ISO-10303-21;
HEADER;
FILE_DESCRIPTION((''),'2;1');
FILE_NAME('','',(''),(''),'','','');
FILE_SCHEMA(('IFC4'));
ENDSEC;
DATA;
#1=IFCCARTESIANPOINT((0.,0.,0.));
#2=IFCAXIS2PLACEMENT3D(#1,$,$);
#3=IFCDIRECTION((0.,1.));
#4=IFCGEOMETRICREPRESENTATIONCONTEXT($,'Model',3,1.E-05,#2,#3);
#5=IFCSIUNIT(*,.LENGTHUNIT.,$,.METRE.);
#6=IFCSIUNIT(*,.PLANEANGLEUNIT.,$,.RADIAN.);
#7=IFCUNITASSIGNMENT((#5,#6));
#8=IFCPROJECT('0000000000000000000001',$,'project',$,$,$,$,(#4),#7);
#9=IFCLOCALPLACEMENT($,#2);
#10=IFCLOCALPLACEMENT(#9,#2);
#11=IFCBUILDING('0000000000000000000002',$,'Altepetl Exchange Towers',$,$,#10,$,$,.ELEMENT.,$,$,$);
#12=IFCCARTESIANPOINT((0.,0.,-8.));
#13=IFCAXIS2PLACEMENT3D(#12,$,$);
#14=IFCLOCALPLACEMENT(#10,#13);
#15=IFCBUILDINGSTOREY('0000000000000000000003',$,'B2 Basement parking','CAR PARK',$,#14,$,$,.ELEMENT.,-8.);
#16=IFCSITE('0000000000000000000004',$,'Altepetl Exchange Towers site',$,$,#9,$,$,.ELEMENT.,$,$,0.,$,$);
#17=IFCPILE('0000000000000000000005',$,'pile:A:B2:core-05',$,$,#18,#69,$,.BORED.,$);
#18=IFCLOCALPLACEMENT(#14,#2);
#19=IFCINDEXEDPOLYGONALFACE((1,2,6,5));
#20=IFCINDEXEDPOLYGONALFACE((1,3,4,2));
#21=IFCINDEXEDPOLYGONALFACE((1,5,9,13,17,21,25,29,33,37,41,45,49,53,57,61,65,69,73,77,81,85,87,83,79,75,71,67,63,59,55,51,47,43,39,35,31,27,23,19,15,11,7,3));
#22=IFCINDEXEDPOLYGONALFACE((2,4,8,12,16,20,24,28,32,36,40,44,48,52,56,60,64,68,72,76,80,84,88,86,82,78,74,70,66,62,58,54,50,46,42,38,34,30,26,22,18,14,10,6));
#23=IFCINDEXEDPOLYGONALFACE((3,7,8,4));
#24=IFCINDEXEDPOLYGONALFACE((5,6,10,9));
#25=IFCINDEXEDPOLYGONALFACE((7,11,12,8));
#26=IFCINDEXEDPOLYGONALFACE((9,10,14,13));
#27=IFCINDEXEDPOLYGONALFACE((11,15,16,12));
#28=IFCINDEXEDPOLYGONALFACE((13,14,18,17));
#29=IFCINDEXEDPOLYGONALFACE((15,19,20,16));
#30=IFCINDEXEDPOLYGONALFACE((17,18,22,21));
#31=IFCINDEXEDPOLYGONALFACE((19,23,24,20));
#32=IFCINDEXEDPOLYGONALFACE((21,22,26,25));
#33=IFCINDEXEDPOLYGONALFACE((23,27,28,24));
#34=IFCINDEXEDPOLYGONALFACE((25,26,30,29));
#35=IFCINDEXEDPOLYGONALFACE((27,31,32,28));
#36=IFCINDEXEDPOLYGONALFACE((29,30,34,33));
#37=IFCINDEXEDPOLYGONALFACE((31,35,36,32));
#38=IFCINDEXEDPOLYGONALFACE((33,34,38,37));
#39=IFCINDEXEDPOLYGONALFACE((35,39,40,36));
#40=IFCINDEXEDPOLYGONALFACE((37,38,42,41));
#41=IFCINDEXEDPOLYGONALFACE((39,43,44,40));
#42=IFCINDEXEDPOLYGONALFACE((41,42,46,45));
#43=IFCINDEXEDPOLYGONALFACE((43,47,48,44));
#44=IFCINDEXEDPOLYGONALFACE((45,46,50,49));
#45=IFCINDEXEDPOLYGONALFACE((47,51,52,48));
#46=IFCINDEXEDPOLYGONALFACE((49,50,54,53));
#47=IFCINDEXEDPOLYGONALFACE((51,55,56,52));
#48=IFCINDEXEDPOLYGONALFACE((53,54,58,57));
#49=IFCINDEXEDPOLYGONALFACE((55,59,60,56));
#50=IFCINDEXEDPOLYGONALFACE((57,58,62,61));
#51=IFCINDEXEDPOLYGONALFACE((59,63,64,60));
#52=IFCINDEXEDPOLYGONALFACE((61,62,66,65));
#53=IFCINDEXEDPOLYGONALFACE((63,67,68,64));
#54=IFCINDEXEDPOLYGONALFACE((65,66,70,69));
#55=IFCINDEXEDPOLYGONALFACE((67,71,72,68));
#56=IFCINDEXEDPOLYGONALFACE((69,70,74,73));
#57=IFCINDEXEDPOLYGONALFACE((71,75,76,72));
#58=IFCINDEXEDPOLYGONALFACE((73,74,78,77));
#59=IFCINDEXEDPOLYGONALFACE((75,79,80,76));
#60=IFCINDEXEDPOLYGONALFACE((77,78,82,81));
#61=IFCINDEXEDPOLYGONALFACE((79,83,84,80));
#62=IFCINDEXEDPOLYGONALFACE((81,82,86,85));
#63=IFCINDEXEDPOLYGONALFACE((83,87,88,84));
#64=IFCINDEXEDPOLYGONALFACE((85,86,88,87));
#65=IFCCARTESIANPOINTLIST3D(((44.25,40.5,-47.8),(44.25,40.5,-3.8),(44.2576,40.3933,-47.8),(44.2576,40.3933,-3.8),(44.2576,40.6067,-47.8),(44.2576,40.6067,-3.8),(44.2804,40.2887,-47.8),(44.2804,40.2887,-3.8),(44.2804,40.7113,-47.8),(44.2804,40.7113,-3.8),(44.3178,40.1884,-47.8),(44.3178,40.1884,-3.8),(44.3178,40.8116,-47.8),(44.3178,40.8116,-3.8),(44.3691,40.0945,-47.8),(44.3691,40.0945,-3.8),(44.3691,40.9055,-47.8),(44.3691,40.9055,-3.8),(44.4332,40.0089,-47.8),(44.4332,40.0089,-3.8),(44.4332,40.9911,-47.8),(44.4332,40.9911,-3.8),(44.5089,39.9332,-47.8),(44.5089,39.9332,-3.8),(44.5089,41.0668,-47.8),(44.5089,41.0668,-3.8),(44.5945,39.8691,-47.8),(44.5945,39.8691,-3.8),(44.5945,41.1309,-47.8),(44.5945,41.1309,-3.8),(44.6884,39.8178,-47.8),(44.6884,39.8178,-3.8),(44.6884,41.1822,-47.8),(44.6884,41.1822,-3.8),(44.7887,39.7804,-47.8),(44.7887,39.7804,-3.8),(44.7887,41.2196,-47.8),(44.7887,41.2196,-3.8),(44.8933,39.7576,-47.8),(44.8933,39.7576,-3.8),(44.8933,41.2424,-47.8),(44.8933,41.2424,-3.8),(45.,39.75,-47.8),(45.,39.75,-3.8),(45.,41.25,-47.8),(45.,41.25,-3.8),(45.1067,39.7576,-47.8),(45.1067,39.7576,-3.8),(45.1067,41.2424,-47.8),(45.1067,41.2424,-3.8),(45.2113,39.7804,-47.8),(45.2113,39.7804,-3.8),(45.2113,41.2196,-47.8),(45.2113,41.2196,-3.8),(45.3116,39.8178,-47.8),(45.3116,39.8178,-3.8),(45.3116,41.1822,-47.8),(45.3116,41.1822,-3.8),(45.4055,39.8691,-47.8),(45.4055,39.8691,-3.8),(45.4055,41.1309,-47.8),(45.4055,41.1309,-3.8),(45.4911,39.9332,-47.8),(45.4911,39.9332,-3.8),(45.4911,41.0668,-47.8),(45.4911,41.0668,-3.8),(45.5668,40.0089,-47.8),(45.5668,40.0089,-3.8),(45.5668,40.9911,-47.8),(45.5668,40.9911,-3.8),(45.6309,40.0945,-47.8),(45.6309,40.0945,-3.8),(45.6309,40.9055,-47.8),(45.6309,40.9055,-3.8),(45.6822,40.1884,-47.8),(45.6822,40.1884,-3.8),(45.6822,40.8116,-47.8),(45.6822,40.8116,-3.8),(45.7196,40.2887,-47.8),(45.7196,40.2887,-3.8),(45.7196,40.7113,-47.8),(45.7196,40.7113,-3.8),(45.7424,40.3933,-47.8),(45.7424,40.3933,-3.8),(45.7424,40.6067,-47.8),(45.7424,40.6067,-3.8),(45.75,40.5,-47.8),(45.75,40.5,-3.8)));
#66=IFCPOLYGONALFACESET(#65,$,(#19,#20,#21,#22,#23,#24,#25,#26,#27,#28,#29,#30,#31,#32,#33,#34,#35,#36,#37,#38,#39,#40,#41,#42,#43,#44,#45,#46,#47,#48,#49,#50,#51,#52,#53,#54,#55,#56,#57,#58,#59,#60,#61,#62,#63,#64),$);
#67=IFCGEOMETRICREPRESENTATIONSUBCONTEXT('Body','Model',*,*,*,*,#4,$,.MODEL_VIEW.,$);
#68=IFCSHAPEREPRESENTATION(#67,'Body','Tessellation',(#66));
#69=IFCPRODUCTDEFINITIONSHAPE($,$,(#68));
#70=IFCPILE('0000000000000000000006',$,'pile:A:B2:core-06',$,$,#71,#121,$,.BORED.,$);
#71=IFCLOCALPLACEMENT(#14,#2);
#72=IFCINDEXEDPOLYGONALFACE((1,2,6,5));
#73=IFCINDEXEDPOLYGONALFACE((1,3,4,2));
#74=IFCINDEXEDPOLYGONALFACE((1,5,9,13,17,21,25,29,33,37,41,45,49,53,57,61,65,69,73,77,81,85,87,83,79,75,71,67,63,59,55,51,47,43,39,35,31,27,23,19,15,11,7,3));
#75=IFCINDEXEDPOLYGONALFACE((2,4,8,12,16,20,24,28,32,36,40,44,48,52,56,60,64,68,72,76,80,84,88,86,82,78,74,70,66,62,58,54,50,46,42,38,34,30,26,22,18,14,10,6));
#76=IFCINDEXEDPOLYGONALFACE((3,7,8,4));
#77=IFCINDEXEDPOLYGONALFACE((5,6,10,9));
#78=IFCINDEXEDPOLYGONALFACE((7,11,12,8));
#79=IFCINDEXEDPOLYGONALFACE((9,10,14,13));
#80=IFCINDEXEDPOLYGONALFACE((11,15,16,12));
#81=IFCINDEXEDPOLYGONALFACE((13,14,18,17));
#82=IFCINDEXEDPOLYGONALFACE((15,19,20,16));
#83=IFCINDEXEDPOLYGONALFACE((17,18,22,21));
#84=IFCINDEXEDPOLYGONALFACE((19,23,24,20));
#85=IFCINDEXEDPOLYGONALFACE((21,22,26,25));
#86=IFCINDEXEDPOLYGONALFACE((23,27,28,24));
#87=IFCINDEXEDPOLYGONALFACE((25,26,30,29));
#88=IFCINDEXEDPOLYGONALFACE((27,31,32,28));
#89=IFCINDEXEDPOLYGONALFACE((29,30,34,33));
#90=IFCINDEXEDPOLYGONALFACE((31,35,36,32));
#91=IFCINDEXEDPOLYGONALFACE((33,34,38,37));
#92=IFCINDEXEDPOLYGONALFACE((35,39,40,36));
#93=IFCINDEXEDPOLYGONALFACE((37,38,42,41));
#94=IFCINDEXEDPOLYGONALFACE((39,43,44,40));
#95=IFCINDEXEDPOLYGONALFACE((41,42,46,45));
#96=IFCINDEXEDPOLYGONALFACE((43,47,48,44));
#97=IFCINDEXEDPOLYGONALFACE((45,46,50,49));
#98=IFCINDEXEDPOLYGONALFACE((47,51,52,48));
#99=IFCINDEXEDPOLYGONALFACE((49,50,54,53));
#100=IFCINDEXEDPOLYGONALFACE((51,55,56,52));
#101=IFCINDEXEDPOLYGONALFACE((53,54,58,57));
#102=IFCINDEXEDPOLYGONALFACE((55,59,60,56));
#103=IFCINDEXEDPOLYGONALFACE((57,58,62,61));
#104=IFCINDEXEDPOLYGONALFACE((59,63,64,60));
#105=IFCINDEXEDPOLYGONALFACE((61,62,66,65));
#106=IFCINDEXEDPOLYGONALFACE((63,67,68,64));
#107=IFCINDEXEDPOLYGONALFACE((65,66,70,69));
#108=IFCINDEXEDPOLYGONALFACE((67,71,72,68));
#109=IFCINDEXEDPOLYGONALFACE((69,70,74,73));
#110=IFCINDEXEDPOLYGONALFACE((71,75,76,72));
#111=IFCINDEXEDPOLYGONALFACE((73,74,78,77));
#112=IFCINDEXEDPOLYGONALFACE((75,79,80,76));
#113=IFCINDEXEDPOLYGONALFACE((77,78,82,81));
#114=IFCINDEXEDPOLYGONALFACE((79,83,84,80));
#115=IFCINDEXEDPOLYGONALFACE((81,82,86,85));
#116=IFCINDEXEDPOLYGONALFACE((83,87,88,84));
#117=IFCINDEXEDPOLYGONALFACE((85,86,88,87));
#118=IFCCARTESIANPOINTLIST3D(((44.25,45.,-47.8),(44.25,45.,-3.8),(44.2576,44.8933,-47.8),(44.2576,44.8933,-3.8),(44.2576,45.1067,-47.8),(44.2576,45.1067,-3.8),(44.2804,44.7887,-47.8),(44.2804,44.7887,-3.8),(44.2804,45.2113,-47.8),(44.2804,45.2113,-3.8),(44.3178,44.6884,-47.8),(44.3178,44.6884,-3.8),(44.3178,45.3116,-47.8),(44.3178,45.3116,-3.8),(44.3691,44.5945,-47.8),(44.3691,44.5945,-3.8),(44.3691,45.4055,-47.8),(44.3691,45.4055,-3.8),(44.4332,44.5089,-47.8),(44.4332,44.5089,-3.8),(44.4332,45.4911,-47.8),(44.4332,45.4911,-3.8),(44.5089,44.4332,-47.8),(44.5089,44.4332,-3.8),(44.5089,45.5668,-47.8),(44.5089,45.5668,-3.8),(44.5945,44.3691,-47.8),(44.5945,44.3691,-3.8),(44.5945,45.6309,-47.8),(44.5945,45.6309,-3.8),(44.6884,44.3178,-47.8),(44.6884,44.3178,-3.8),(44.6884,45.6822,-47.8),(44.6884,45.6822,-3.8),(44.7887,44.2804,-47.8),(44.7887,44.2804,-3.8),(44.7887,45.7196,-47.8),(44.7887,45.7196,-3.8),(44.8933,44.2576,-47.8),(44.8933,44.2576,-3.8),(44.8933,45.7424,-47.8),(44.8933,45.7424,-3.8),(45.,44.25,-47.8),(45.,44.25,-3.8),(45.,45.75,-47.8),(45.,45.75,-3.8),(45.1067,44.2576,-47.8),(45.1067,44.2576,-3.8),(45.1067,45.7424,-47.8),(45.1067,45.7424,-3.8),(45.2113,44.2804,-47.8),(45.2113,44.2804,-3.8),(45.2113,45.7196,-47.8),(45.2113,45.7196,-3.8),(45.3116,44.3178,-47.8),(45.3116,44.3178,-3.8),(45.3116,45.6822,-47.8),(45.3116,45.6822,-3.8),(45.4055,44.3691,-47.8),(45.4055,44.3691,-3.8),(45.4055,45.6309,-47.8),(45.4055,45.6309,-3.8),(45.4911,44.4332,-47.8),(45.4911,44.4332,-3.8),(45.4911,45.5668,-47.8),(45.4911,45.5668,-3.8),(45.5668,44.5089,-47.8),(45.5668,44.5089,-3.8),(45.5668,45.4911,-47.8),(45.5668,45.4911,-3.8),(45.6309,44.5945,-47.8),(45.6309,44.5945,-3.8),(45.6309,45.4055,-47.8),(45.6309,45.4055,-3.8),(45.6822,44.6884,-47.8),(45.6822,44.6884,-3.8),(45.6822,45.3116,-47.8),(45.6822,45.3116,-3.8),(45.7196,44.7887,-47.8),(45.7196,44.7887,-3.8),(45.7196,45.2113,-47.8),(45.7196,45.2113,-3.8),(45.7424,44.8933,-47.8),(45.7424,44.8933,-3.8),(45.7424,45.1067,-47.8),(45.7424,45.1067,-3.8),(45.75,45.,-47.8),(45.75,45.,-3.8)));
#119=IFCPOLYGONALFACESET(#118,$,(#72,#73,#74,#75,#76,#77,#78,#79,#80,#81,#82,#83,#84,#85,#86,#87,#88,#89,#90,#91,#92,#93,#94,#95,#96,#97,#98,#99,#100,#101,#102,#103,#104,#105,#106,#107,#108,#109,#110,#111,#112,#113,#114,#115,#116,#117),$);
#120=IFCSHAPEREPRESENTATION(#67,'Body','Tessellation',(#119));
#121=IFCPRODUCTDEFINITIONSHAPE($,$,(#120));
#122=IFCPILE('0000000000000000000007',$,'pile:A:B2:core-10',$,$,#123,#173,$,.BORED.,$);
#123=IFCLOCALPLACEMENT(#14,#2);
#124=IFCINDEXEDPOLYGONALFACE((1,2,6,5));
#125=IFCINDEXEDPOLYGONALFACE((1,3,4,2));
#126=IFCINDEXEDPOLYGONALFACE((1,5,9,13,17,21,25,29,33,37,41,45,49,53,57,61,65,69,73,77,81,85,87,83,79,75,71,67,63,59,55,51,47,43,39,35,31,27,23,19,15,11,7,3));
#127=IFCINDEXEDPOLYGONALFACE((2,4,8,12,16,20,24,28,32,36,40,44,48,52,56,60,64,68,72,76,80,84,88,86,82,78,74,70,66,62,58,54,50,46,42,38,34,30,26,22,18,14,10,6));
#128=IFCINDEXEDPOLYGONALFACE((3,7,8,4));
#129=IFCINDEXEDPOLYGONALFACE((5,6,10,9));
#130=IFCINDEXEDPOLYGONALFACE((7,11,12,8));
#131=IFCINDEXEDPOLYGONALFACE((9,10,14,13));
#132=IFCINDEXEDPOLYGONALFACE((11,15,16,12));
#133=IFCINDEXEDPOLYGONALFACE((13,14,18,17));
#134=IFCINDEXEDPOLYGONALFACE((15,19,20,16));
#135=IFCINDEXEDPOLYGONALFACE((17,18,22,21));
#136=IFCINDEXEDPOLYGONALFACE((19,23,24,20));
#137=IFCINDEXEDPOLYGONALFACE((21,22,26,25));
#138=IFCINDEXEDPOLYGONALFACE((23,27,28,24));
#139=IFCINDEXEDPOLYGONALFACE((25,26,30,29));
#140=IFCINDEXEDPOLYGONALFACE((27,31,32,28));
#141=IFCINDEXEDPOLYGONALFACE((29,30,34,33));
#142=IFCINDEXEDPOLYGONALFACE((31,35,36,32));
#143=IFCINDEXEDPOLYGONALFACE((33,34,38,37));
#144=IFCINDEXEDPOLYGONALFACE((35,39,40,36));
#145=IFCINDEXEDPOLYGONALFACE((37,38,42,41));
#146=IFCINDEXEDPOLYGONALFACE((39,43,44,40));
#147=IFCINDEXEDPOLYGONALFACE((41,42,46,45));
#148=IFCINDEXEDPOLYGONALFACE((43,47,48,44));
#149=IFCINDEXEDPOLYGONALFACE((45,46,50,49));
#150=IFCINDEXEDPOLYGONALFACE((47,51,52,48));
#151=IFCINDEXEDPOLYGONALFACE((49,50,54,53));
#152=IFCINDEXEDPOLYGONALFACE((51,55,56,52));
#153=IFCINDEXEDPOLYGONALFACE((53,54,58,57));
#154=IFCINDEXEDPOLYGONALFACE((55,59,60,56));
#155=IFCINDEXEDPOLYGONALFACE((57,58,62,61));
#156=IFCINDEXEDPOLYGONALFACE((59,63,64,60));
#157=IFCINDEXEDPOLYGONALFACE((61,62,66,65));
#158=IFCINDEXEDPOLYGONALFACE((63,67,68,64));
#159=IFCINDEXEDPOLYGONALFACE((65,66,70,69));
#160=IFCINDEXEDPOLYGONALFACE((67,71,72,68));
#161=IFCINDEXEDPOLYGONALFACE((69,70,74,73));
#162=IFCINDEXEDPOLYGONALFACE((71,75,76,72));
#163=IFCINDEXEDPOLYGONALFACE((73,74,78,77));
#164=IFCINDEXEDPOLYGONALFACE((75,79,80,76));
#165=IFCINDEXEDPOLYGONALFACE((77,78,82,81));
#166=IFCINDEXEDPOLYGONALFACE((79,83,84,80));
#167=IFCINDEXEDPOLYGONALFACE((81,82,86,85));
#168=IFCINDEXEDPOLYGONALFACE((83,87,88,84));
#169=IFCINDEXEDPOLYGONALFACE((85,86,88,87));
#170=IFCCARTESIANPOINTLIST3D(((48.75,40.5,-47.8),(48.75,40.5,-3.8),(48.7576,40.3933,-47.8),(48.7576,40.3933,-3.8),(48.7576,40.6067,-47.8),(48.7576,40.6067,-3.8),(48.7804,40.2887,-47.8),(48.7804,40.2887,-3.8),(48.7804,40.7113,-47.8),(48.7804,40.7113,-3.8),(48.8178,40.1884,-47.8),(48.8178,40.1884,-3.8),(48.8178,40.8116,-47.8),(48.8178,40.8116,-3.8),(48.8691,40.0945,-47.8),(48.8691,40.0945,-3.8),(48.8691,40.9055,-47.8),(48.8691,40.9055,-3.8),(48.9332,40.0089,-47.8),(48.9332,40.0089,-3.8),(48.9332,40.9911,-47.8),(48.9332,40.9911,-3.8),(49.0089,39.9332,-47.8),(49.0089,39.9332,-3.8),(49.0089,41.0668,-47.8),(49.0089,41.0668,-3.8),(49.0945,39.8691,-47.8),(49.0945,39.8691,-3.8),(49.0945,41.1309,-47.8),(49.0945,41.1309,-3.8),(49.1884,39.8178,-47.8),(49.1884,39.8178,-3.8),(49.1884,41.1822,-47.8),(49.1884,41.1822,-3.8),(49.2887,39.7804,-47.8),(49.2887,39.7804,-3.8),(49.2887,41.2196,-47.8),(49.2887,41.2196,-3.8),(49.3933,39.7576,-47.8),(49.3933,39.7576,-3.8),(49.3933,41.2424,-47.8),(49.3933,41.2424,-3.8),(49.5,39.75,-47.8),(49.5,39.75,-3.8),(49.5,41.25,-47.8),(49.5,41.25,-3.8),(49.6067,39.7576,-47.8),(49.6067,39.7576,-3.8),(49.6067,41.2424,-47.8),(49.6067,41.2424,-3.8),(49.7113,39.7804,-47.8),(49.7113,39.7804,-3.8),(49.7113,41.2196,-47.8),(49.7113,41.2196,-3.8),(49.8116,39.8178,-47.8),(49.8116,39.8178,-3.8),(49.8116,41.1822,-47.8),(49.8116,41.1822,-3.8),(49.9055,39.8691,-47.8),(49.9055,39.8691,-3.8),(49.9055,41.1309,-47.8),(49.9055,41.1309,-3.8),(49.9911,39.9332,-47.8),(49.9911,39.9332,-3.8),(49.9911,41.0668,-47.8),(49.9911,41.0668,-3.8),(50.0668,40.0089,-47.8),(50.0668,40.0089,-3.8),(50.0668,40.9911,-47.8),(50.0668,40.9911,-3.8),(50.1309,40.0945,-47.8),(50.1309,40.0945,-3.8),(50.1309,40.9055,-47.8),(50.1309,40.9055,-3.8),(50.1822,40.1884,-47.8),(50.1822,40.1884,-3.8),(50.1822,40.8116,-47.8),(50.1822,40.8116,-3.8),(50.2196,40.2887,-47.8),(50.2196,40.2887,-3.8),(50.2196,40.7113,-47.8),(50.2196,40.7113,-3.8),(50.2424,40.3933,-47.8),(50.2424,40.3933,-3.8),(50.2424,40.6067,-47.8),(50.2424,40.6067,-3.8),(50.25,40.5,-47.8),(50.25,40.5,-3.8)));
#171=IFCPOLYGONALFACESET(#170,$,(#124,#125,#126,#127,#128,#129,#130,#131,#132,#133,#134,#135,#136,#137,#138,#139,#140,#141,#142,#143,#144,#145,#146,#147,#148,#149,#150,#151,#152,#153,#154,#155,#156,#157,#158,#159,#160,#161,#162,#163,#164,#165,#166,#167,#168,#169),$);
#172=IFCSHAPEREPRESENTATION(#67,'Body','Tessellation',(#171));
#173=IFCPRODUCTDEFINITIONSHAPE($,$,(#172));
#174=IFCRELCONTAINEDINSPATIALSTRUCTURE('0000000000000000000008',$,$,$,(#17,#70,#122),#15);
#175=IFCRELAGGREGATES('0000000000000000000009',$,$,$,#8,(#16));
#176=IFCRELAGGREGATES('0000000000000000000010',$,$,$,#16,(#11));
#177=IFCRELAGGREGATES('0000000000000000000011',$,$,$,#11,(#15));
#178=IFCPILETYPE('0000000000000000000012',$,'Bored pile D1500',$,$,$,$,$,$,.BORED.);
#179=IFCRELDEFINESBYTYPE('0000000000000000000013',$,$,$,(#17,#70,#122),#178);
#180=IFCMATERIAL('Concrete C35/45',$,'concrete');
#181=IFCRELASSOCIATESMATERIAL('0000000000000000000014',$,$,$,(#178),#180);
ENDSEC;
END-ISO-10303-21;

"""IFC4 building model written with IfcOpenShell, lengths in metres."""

from ifc_helpers import new_model, si_unit, direction, frame, origin, origin_2d, place, context, subcontext, project, spatial, circle, extrude, material, material_profile, profile_set, type_object, element, save


model = new_model("IFC4")

# Units and contexts
model_context = context("Model", 3, precision=1e-05, world=origin(), true_north=direction((0.0, 1.0)))
body_context = subcontext(model_context, "Body", "Model", "MODEL_VIEW")
ifc_project = project(units=[si_unit("LENGTHUNIT", "METRE"), si_unit("PLANEANGLEUNIT", "RADIAN")], contexts=[model_context])

# Site, building, storey
site_placement = place(None, origin())
site = spatial("IfcSite", under=ifc_project, at=site_placement, Name="Altepetl Exchange Towers site", CompositionType="ELEMENT", RefElevation=0.0)
building_placement = place(site_placement, origin())
building = spatial("IfcBuilding", under=site, at=building_placement, Name="Altepetl Exchange Towers", CompositionType="ELEMENT")
storey_placement = place(building_placement, frame((0.0, 0.0, -8.0)))
storey = spatial("IfcBuildingStorey", under=building, at=storey_placement, Name="B2 Basement parking", Description="CAR PARK", CompositionType="ELEMENT", Elevation=-8.0)

# Piles
ifc_material_1 = material(Name="Concrete C35/45", Category="concrete")
ifc_material_profile = material_profile(ifc_material_1, circle(Radius=0.75, at=origin_2d()), Name="D1500")
ifc_profile_set = profile_set([ifc_material_profile], Name="Concrete C35/45")
pile_type = type_object("IfcPileType", Name="Bored pile D1500", PredefinedType="BORED", material=ifc_profile_set)
for number, where, z_axis, x_axis, name in (
    (1, (45.0, 40.5, -3.8), (0.0, 0.0, -1.0), (1.0, 0.0, 0.0), "pile:A:B2:core-05"),
    (2, (45.0, 45.0, -3.8), (0.0, 0.0, -1.0), (1.0, 0.0, 0.0), "pile:A:B2:core-06"),
    (3, (49.5, 40.5, -3.8), (0.0, 0.0, -1.0), (1.0, 0.0, 0.0), "pile:A:B2:core-10"),
):
    element("IfcPile", number, at=place(storey_placement, frame(where, z_axis=z_axis, x_axis=x_axis)), inside=storey, type_object=pile_type, Name=name, PredefinedType="BORED", context=body_context, shape_type="SweptSolid", body=[
        extrude(circle(Radius=0.75, at=origin_2d()), origin(), (0.0, 0.0, 1.0), 44.0),
    ])

save(model, "model.ifc")
